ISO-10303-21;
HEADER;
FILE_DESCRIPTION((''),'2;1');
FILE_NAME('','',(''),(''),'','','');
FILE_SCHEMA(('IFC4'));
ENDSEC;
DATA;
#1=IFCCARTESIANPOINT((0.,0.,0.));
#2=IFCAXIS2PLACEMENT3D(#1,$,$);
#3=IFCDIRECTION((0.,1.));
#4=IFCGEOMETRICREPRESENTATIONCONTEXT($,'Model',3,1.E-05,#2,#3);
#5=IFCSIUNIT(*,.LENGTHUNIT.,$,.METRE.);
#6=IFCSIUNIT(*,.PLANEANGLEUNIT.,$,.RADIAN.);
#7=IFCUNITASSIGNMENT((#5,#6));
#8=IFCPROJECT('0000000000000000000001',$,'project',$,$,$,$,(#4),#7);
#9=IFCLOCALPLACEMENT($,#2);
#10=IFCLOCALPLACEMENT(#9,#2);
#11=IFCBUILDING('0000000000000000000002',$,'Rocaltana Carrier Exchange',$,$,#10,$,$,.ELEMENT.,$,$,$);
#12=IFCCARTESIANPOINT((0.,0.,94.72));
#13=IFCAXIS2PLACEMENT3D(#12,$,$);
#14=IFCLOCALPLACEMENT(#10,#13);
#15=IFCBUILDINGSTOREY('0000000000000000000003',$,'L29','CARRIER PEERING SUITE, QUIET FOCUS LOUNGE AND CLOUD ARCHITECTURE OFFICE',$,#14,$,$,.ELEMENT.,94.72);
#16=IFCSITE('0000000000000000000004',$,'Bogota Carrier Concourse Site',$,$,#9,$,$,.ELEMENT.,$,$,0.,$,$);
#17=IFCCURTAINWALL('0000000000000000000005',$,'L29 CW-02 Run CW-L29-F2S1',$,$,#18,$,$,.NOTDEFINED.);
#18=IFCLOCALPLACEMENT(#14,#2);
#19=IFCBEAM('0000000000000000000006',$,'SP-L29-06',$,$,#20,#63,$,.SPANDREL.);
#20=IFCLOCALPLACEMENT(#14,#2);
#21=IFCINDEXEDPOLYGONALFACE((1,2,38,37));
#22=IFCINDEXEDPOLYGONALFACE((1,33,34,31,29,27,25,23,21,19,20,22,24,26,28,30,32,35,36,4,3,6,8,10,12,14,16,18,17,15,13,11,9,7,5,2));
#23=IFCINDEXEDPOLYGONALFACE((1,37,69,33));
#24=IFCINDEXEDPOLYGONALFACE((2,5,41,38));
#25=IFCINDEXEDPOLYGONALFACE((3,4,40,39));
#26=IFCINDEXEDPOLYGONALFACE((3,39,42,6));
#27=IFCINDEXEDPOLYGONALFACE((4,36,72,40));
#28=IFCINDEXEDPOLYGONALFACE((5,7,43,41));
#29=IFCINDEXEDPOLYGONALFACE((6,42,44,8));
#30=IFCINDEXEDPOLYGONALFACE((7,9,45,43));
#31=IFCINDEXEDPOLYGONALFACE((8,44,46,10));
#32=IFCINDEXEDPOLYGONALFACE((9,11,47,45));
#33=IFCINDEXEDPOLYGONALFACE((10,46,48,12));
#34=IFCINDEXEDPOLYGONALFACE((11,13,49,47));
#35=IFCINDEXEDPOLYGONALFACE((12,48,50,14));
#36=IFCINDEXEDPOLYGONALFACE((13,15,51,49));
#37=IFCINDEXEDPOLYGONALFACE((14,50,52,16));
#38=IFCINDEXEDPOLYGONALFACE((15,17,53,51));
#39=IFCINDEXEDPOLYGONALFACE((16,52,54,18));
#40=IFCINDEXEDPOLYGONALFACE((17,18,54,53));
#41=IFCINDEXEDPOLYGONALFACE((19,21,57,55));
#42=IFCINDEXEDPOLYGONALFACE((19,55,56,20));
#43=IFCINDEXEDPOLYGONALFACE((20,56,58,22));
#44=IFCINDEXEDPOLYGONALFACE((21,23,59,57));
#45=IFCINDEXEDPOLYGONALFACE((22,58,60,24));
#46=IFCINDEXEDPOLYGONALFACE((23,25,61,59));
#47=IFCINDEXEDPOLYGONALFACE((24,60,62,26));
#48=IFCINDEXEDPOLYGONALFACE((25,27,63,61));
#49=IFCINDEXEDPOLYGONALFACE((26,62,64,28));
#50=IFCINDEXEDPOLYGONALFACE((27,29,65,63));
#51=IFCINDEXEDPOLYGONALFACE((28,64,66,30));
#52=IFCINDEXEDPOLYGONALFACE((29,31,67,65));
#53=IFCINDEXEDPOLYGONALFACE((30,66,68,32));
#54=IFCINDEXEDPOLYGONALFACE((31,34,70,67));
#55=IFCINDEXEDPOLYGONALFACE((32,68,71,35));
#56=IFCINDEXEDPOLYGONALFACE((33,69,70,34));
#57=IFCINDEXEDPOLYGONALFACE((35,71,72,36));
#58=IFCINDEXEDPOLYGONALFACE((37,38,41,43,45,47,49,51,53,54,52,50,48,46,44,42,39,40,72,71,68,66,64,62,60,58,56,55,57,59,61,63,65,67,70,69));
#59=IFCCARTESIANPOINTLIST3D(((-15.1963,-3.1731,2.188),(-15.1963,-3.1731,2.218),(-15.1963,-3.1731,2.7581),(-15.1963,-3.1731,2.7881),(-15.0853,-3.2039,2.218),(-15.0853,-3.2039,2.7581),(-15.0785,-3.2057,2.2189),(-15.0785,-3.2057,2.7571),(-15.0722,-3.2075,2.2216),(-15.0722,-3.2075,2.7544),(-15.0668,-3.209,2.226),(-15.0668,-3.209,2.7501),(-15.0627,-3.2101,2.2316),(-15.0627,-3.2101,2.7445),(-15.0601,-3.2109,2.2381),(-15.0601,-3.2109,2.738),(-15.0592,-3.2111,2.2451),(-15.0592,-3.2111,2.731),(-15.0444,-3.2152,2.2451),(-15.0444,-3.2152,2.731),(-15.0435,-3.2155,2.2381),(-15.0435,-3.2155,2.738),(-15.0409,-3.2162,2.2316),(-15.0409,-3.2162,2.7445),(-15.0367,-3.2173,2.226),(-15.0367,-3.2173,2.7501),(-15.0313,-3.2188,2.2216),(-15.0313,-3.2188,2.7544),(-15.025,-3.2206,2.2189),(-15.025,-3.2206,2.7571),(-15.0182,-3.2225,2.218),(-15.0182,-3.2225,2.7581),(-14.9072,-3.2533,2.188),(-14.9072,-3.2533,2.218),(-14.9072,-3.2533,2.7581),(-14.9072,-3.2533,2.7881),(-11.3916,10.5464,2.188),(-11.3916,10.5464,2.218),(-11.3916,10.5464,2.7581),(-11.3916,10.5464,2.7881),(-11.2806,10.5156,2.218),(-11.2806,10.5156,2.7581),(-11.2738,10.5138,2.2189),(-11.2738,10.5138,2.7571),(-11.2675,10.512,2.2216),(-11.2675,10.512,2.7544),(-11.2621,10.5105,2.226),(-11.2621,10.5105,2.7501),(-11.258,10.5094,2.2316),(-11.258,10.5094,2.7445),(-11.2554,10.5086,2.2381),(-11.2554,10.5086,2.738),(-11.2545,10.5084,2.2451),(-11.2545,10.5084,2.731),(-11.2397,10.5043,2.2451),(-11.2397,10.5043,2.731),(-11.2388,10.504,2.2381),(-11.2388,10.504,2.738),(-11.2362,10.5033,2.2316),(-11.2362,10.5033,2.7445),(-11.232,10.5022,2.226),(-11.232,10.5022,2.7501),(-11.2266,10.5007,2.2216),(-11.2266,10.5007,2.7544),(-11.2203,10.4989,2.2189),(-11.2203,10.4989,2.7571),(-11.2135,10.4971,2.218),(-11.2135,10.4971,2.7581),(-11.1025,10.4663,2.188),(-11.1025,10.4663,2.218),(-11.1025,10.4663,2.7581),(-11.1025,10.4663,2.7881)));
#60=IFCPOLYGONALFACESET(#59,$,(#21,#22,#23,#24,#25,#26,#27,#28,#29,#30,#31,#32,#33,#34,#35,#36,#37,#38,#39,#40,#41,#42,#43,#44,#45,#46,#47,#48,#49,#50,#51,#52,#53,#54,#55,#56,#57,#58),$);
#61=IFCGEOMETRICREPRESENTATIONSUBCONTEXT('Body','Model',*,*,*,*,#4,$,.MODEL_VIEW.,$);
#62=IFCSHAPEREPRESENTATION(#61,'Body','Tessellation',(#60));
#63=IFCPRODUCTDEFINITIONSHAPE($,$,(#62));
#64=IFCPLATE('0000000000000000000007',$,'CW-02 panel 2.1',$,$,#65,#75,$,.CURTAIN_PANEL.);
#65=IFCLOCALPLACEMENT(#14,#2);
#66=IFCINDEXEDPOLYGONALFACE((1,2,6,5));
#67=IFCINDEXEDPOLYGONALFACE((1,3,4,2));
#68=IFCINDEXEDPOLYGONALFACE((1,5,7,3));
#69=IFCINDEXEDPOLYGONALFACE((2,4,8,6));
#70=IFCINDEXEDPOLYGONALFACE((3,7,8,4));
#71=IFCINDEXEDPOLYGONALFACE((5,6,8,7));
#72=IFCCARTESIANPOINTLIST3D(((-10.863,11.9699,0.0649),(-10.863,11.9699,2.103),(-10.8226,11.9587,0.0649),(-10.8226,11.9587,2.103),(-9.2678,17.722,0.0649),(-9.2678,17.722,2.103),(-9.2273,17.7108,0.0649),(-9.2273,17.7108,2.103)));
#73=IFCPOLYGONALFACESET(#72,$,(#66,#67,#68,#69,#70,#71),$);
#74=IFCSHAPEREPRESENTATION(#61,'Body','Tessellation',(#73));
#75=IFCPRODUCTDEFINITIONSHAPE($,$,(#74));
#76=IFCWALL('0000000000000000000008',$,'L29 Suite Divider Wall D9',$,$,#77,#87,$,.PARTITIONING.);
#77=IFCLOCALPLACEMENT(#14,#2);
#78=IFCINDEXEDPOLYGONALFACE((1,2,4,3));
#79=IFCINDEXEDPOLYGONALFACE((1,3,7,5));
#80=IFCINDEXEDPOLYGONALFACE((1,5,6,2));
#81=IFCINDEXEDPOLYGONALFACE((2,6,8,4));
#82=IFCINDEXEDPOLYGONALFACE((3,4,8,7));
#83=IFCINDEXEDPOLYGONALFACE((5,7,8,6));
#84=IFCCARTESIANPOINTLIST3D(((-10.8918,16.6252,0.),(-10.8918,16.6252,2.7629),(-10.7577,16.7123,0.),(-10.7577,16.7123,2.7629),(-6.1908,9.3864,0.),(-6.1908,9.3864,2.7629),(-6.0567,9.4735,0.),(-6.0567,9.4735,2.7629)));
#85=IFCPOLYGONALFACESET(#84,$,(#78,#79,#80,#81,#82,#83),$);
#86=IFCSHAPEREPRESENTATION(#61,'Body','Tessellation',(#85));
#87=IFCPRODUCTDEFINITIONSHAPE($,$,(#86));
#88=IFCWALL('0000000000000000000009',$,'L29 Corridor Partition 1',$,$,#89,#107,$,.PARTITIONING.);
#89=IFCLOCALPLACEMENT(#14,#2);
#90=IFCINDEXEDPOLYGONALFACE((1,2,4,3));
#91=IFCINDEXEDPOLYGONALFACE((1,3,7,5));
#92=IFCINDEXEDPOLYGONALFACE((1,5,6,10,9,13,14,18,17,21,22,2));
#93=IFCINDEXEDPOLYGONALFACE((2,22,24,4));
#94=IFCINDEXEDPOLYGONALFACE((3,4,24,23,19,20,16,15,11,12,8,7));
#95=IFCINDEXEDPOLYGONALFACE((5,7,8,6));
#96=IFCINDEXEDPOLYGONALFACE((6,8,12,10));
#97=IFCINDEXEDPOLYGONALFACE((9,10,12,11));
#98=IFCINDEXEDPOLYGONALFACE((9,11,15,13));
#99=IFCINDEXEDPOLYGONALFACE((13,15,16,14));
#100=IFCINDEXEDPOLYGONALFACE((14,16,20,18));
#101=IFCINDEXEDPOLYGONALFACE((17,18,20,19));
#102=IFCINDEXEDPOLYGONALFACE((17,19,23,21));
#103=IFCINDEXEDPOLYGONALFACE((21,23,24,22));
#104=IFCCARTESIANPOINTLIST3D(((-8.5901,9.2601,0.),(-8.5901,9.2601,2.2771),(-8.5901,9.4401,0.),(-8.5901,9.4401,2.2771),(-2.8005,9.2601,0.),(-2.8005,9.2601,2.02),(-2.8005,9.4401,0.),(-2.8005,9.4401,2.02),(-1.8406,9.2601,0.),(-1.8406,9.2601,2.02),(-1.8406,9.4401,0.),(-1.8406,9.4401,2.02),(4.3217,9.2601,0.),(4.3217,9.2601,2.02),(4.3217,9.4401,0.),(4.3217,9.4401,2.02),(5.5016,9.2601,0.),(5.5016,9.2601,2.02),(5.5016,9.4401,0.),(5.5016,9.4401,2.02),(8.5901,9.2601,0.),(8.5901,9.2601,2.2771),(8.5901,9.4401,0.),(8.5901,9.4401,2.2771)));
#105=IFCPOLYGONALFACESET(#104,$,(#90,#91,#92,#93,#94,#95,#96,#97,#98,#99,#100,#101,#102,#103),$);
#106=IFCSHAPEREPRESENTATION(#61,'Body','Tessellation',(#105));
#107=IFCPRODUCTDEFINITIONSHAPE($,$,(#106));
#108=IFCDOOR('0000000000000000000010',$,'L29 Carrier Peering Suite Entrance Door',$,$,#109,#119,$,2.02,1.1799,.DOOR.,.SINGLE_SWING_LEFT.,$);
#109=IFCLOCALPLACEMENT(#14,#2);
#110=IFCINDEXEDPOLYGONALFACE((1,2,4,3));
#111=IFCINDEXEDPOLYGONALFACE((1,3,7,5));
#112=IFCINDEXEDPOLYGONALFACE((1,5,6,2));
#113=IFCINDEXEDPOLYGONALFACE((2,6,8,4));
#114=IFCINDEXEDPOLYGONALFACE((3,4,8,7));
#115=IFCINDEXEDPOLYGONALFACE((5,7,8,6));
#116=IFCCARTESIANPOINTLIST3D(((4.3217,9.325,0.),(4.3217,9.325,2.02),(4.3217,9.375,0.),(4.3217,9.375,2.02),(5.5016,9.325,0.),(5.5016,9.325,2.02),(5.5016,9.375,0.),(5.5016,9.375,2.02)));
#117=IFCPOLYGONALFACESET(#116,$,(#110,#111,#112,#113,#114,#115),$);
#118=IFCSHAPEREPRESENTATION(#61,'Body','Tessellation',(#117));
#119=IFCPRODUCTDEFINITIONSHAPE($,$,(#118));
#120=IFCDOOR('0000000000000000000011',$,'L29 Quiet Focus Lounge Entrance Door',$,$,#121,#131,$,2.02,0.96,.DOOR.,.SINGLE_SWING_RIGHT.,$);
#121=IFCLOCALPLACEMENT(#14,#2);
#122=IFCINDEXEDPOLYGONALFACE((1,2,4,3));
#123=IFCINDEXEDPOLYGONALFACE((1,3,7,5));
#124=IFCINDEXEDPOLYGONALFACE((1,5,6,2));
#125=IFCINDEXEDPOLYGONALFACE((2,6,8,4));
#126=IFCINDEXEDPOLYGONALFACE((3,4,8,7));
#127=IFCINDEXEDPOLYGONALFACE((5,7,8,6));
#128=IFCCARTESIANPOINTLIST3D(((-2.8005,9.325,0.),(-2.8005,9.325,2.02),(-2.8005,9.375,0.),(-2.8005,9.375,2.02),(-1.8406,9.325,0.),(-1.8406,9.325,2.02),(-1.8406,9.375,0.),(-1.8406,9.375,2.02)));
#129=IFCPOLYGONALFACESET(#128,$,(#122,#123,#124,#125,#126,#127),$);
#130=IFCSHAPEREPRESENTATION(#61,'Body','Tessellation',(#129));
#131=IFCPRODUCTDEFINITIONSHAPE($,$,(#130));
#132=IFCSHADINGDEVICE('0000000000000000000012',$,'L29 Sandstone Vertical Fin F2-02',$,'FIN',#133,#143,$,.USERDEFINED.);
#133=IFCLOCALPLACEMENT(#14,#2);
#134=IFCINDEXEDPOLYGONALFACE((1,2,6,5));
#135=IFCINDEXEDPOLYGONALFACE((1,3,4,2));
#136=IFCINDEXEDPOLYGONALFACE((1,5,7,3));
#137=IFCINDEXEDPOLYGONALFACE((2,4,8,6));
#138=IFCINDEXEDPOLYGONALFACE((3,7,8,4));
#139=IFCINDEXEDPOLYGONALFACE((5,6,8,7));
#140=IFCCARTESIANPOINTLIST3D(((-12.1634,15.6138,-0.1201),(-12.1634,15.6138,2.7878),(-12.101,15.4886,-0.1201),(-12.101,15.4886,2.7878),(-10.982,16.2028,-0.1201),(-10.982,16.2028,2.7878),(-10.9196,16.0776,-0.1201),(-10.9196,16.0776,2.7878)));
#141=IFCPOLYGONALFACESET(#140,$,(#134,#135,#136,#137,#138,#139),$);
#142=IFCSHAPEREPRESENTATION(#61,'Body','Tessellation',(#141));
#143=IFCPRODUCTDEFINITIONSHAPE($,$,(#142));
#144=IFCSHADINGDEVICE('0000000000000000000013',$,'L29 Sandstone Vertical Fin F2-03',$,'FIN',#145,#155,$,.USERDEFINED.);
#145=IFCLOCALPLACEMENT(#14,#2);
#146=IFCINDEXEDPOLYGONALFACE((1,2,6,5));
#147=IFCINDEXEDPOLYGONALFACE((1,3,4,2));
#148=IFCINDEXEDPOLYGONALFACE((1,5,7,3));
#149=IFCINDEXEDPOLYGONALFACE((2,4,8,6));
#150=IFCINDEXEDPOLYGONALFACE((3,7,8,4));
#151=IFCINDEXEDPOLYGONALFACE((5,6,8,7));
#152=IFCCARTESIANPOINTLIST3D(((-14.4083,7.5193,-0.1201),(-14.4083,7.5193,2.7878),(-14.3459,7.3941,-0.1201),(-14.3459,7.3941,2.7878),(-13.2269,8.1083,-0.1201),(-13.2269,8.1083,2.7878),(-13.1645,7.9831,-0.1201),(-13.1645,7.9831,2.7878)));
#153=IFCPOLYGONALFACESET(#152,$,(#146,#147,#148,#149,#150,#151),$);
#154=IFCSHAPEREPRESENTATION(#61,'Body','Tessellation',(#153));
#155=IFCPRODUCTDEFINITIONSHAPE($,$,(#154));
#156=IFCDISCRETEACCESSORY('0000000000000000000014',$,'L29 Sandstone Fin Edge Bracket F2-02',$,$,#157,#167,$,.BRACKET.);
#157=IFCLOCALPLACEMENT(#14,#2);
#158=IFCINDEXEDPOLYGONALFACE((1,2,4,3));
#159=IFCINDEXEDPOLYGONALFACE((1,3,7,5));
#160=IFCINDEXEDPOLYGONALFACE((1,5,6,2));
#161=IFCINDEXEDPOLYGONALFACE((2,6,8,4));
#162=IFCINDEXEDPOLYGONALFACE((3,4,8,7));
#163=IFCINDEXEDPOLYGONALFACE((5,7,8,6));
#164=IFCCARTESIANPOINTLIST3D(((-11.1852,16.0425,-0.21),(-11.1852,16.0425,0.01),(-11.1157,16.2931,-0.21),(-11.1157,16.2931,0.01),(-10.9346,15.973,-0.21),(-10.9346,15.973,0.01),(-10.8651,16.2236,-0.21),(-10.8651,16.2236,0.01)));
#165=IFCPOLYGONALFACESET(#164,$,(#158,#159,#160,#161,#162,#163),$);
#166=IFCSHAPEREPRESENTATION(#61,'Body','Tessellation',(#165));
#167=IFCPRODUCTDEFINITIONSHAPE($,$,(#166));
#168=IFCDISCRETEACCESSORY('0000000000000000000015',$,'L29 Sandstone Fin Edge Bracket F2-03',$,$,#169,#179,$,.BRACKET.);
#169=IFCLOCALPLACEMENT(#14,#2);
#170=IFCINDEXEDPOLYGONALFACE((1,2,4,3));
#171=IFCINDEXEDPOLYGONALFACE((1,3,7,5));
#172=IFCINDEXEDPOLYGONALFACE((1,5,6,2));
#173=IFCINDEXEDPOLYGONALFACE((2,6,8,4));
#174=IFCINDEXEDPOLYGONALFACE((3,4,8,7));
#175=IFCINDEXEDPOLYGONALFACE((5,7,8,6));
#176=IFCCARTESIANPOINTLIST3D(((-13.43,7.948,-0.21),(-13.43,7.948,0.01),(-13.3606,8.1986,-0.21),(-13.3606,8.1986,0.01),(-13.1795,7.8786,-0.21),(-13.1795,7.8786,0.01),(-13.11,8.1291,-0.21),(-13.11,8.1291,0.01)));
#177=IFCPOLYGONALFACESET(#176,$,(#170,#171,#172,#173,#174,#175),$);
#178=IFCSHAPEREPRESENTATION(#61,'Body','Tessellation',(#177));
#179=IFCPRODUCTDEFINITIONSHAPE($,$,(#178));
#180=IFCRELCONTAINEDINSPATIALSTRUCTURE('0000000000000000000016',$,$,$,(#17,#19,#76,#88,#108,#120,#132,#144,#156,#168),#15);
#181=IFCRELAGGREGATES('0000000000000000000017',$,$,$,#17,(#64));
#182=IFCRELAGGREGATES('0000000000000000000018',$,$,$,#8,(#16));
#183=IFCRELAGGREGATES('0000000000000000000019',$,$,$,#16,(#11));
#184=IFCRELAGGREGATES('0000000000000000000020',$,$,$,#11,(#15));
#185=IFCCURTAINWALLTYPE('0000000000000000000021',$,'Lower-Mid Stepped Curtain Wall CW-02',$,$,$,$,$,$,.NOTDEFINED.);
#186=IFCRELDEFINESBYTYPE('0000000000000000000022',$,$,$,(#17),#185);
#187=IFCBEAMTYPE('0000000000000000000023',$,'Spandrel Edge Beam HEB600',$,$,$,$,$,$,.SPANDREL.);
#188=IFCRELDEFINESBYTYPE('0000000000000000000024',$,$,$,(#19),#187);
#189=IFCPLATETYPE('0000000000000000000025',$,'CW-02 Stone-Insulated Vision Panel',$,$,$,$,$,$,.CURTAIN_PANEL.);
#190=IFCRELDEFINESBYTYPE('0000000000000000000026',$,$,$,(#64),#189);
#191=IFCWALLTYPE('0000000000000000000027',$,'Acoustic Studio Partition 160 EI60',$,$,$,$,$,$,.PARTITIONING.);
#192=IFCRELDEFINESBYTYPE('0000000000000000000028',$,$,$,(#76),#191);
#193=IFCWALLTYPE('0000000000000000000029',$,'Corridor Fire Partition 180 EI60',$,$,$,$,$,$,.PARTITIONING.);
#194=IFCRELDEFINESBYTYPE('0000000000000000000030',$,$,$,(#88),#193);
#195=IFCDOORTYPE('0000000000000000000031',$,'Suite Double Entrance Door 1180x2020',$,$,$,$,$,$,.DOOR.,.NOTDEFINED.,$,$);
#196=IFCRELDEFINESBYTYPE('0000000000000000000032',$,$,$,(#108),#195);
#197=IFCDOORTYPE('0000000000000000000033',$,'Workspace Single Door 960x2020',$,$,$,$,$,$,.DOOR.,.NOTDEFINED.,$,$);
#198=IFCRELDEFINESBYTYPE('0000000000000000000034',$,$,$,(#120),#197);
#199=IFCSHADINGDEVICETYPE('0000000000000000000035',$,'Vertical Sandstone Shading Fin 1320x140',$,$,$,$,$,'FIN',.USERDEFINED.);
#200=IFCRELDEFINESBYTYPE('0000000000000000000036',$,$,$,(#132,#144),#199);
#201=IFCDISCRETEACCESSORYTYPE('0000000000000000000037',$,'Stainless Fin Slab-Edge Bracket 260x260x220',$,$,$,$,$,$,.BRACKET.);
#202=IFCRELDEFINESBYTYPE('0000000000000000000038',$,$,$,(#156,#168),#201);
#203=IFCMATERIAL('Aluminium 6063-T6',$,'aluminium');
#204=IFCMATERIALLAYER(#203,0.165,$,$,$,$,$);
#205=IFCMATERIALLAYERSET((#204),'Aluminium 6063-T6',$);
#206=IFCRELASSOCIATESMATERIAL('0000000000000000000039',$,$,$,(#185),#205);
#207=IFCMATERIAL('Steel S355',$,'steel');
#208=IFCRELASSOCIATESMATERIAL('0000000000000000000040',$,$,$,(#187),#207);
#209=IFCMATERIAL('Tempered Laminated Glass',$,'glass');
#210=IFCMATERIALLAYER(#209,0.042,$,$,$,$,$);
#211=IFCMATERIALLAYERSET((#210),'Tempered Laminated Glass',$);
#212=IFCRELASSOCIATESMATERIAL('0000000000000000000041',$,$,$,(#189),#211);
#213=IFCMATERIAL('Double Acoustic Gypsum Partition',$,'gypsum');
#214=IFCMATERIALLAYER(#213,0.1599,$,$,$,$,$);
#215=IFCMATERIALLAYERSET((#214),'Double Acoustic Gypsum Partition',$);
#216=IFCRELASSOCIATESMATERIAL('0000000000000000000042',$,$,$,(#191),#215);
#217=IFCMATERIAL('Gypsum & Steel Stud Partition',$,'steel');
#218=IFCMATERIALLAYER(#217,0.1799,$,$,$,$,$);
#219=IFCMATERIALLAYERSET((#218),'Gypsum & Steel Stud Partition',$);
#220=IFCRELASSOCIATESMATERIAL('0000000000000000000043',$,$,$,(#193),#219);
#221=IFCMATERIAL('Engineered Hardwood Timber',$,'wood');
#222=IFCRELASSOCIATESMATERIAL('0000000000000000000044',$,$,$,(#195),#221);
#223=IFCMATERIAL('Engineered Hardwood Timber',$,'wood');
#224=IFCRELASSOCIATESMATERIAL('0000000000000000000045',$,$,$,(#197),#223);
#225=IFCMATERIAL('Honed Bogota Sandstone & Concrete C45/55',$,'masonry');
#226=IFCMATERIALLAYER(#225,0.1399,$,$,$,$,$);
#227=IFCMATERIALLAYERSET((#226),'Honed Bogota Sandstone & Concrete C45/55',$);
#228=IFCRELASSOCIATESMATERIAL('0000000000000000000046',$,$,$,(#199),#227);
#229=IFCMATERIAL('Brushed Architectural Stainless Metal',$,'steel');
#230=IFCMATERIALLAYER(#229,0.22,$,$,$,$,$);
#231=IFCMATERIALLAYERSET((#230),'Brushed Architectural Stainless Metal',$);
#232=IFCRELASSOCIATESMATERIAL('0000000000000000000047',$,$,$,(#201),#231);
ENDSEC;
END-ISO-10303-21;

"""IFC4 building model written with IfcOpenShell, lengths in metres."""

from ifc_helpers import new_model, si_unit, direction, frame, frame_2d, origin, origin_2d, place, context, subcontext, project, spatial, rectangle, i_section, extrude, material, layer, layer_set, material_profile, profile_set, type_object, element, fill, aggregate, save


model = new_model("IFC4")

# Units and contexts
model_context = context("Model", 3, precision=1e-05, world=origin(), true_north=direction((0.0, 1.0)))
body_context = subcontext(model_context, "Body", "Model", "MODEL_VIEW")
ifc_project = project(units=[si_unit("LENGTHUNIT", "METRE"), si_unit("PLANEANGLEUNIT", "RADIAN")], contexts=[model_context])

# Site, building, storey
site_placement = place(None, origin())
site = spatial("IfcSite", under=ifc_project, at=site_placement, Name="Bogota Carrier Concourse Site", CompositionType="ELEMENT", RefElevation=0.0)
building_placement = place(site_placement, origin())
building = spatial("IfcBuilding", under=site, at=building_placement, Name="Rocaltana Carrier Exchange", CompositionType="ELEMENT")
storey_placement = place(building_placement, frame((0.0, 0.0, 94.72)))
storey = spatial("IfcBuildingStorey", under=building, at=storey_placement, Name="L29", Description="CARRIER PEERING SUITE, QUIET FOCUS LOUNGE AND CLOUD ARCHITECTURE OFFICE", CompositionType="ELEMENT", Elevation=94.72)

# Curtain wall
ifc_material_1 = material(Name="Aluminium 6063-T6", Category="aluminium")
ifc_layer_1 = layer(ifc_material_1, 0.165)
ifc_layer_set_1 = layer_set([ifc_layer_1], Name="Aluminium 6063-T6")
curtain_wall_type = type_object("IfcCurtainWallType", Name="Lower-Mid Stepped Curtain Wall CW-02", PredefinedType="NOTDEFINED", material=ifc_layer_set_1)
curtain_wall_1_placement = place(storey_placement, origin())
curtain_wall_1 = element("IfcCurtainWall", 1, at=curtain_wall_1_placement, inside=storey, type_object=curtain_wall_type, Name="L29 CW-02 Run CW-L29-F2S1", PredefinedType="NOTDEFINED")

# Beam
ifc_material_2 = material(Name="Steel S355", Category="steel")
ifc_material_profile_1 = material_profile(ifc_material_2, i_section(OverallWidth=0.3, OverallDepth=0.6001, WebThickness=0.0154, FlangeThickness=0.03, FilletRadius=0.0271, at=origin_2d()), Name="HEB600")
ifc_profile_set_1 = profile_set([ifc_material_profile_1], Name="Steel S355")
beam_type_1 = type_object("IfcBeamType", Name="Spandrel Edge Beam HEB600", PredefinedType="SPANDREL", material=ifc_profile_set_1)
beam_1_placement = place(storey_placement, frame((-11.2471, 10.5063, 2.488), z_axis=(-0.267234, -0.963632, 0.0), x_axis=(0.963632, -0.267234, 0.0)))
element("IfcBeam", 2, at=beam_1_placement, inside=storey, type_object=beam_type_1, Name="SP-L29-06", PredefinedType="SPANDREL", context=body_context, shape_type="SweptSolid", body=[
    extrude(i_section(OverallWidth=0.3, OverallDepth=0.6001, WebThickness=0.0154, FlangeThickness=0.03, FilletRadius=0.0271, at=origin_2d()), origin(), (0.0, 0.0, 1.0), 14.2373),
])

# Plate
ifc_material_3 = material(Name="Tempered Laminated Glass", Category="glass")
ifc_layer_2 = layer(ifc_material_3, 0.042)
ifc_layer_set_2 = layer_set([ifc_layer_2], Name="Tempered Laminated Glass")
plate_type = type_object("IfcPlateType", Name="CW-02 Stone-Insulated Vision Panel", PredefinedType="CURTAIN_PANEL", material=ifc_layer_set_2)
plate_placement = place(storey_placement, frame((-10.0452, 14.8403, 0.0649), z_axis=(0.0, 0.0, 1.0), x_axis=(-0.267246, -0.963628, 0.0)))
plate = element("IfcPlate", 3, at=plate_placement, type_object=plate_type, Name="CW-02 panel 2.1", PredefinedType="CURTAIN_PANEL", context=body_context, shape_type="SweptSolid", body=[
    extrude(rectangle(XDim=5.9692, YDim=0.042, at=origin_2d()), origin(), (0.0, 0.0, 1.0), 2.0381),
])
aggregate(curtain_wall_1, [plate])

# Wall
ifc_material_4 = material(Name="Double Acoustic Gypsum Partition", Category="gypsum")
ifc_layer_3 = layer(ifc_material_4, 0.1599)
ifc_layer_set_3 = layer_set([ifc_layer_3], Name="Double Acoustic Gypsum Partition")
wall_type_1 = type_object("IfcWallType", Name="Acoustic Studio Partition 160 EI60", PredefinedType="PARTITIONING", material=ifc_layer_set_3)
wall_1_placement = place(storey_placement, frame((-6.1238, 9.4299, 0.0), z_axis=(0.0, 0.0, 1.0), x_axis=(-0.54464, 0.83867, 0.0)))
element("IfcWall", 4, at=wall_1_placement, inside=storey, type_object=wall_type_1, Name="L29 Suite Divider Wall D9", PredefinedType="PARTITIONING", context=body_context, shape_type="SweptSolid", body=[
    extrude(rectangle(XDim=8.6313, YDim=0.1599, at=frame_2d((4.3157, 0.0))), origin(), (0.0, 0.0, 1.0), 2.7629),
])

# Wall, openings, doors
ifc_material_5 = material(Name="Gypsum & Steel Stud Partition", Category="steel")
ifc_layer_4 = layer(ifc_material_5, 0.1799)
ifc_layer_set_4 = layer_set([ifc_layer_4], Name="Gypsum & Steel Stud Partition")
wall_type_2 = type_object("IfcWallType", Name="Corridor Fire Partition 180 EI60", PredefinedType="PARTITIONING", material=ifc_layer_set_4)
wall_2_placement = place(storey_placement, frame((-8.5901, 9.3501, 0.0), z_axis=(0.0, 0.0, 1.0), x_axis=(1.0, 0.0, 0.0)))
wall_2 = element("IfcWall", 5, at=wall_2_placement, inside=storey, type_object=wall_type_2, Name="L29 Corridor Partition 1", PredefinedType="PARTITIONING", context=body_context, shape_type="SweptSolid", body=[
    extrude(rectangle(XDim=17.1802, YDim=0.1799, at=frame_2d((8.5901, 0.0))), origin(), (0.0, 0.0, 1.0), 2.2771),
])
opening_1_placement = place(wall_2_placement, frame((12.9119, 0.0, 0.0)))
opening_1 = element("IfcOpeningElement", 6, at=opening_1_placement, cuts=wall_2, PredefinedType="OPENING", context=body_context, shape_type="SweptSolid", body=[
    extrude(rectangle(XDim=1.1799, YDim=2.02, at=frame_2d((0.5898, 1.01))), frame((0.0, 0.0999, 0.0), z_axis=(0.0, -1.0, 0.0), x_axis=(1.0, 0.0, 0.0)), (0.0, 0.0, 1.0), 0.2),
])
opening_2_placement = place(wall_2_placement, frame((5.7896, 0.0, 0.0)))
opening_2 = element("IfcOpeningElement", 7, at=opening_2_placement, cuts=wall_2, PredefinedType="OPENING", context=body_context, shape_type="SweptSolid", body=[
    extrude(rectangle(XDim=0.96, YDim=2.02, at=frame_2d((0.48, 1.01))), frame((0.0, 0.0999, 0.0), z_axis=(0.0, -1.0, 0.0), x_axis=(1.0, 0.0, 0.0)), (0.0, 0.0, 1.0), 0.2),
])
ifc_material_6 = material(Name="Engineered Hardwood Timber", Category="wood")
door_type_1 = type_object("IfcDoorType", Name="Suite Double Entrance Door 1180x2020", OperationType="NOTDEFINED", PredefinedType="DOOR", material=ifc_material_6)
door_1_placement = place(opening_1_placement, origin())
door_1 = element("IfcDoor", 8, at=door_1_placement, inside=storey, type_object=door_type_1, Name="L29 Carrier Peering Suite Entrance Door", OperationType="SINGLE_SWING_LEFT", OverallHeight=2.02, OverallWidth=1.1799, PredefinedType="DOOR", context=body_context, shape_type="SweptSolid", body=[
    extrude(rectangle(XDim=1.1799, YDim=2.02, at=frame_2d((0.5898, 1.01))), frame((0.0, 0.0249, 0.0), z_axis=(0.0, -1.0, 0.0), x_axis=(1.0, 0.0, 0.0)), (0.0, 0.0, 1.0), 0.05),
])
fill(opening_1, door_1)
ifc_material_7 = material(Name="Engineered Hardwood Timber", Category="wood")
door_type_2 = type_object("IfcDoorType", Name="Workspace Single Door 960x2020", OperationType="NOTDEFINED", PredefinedType="DOOR", material=ifc_material_7)
door_2_placement = place(opening_2_placement, origin())
door_2 = element("IfcDoor", 9, at=door_2_placement, inside=storey, type_object=door_type_2, Name="L29 Quiet Focus Lounge Entrance Door", OperationType="SINGLE_SWING_RIGHT", OverallHeight=2.02, OverallWidth=0.96, PredefinedType="DOOR", context=body_context, shape_type="SweptSolid", body=[
    extrude(rectangle(XDim=0.96, YDim=2.02, at=frame_2d((0.48, 1.01))), frame((0.0, 0.0249, 0.0), z_axis=(0.0, -1.0, 0.0), x_axis=(1.0, 0.0, 0.0)), (0.0, 0.0, 1.0), 0.05),
])
fill(opening_2, door_2)

# Shading devices
ifc_material_8 = material(Name="Honed Bogota Sandstone & Concrete C45/55", Category="masonry")
ifc_layer_5 = layer(ifc_material_8, 0.1399)
ifc_layer_set_5 = layer_set([ifc_layer_5], Name="Honed Bogota Sandstone & Concrete C45/55")
shading_device_type = type_object("IfcShadingDeviceType", Name="Vertical Sandstone Shading Fin 1320x140", ElementType="FIN", PredefinedType="USERDEFINED", material=ifc_layer_set_5)
for number, where, z_axis, x_axis, name in (
    (10, (-11.5415, 15.8457, -0.1201), (0.0, 0.0, 1.0), (-0.894934, -0.446198, 0.0), "L29 Sandstone Vertical Fin F2-02"),
    (11, (-13.7864, 7.7512, -0.1201), (0.0, 0.0, 1.0), (-0.894934, -0.446198, 0.0), "L29 Sandstone Vertical Fin F2-03"),
):
    element("IfcShadingDevice", number, at=place(storey_placement, frame(where, z_axis=z_axis, x_axis=x_axis)), inside=storey, type_object=shading_device_type, Name=name, ObjectType="FIN", PredefinedType="USERDEFINED", context=body_context, shape_type="SweptSolid", body=[
        extrude(rectangle(XDim=1.3201, YDim=0.1399, at=origin_2d()), origin(), (0.0, 0.0, 1.0), 2.908),
    ])

# Discrete accessories
ifc_material_9 = material(Name="Brushed Architectural Stainless Metal", Category="steel")
ifc_layer_6 = layer(ifc_material_9, 0.22)
ifc_layer_set_6 = layer_set([ifc_layer_6], Name="Brushed Architectural Stainless Metal")
discrete_accessory_type = type_object("IfcDiscreteAccessoryType", Name="Stainless Fin Slab-Edge Bracket 260x260x220", PredefinedType="BRACKET", material=ifc_layer_set_6)
for number, where, z_axis, x_axis, name in (
    (12, (-11.0251, 16.1331, -0.21), (0.0, 0.0, 1.0), (-0.267238, -0.96363, 0.0), "L29 Sandstone Fin Edge Bracket F2-02"),
    (13, (-13.27, 8.0386, -0.21), (0.0, 0.0, 1.0), (-0.267238, -0.96363, 0.0), "L29 Sandstone Fin Edge Bracket F2-03"),
):
    element("IfcDiscreteAccessory", number, at=place(storey_placement, frame(where, z_axis=z_axis, x_axis=x_axis)), inside=storey, type_object=discrete_accessory_type, Name=name, PredefinedType="BRACKET", context=body_context, shape_type="SweptSolid", body=[
        extrude(rectangle(XDim=0.26, YDim=0.26, at=origin_2d()), origin(), (0.0, 0.0, 1.0), 0.22),
    ])

save(model, "model.ifc")
